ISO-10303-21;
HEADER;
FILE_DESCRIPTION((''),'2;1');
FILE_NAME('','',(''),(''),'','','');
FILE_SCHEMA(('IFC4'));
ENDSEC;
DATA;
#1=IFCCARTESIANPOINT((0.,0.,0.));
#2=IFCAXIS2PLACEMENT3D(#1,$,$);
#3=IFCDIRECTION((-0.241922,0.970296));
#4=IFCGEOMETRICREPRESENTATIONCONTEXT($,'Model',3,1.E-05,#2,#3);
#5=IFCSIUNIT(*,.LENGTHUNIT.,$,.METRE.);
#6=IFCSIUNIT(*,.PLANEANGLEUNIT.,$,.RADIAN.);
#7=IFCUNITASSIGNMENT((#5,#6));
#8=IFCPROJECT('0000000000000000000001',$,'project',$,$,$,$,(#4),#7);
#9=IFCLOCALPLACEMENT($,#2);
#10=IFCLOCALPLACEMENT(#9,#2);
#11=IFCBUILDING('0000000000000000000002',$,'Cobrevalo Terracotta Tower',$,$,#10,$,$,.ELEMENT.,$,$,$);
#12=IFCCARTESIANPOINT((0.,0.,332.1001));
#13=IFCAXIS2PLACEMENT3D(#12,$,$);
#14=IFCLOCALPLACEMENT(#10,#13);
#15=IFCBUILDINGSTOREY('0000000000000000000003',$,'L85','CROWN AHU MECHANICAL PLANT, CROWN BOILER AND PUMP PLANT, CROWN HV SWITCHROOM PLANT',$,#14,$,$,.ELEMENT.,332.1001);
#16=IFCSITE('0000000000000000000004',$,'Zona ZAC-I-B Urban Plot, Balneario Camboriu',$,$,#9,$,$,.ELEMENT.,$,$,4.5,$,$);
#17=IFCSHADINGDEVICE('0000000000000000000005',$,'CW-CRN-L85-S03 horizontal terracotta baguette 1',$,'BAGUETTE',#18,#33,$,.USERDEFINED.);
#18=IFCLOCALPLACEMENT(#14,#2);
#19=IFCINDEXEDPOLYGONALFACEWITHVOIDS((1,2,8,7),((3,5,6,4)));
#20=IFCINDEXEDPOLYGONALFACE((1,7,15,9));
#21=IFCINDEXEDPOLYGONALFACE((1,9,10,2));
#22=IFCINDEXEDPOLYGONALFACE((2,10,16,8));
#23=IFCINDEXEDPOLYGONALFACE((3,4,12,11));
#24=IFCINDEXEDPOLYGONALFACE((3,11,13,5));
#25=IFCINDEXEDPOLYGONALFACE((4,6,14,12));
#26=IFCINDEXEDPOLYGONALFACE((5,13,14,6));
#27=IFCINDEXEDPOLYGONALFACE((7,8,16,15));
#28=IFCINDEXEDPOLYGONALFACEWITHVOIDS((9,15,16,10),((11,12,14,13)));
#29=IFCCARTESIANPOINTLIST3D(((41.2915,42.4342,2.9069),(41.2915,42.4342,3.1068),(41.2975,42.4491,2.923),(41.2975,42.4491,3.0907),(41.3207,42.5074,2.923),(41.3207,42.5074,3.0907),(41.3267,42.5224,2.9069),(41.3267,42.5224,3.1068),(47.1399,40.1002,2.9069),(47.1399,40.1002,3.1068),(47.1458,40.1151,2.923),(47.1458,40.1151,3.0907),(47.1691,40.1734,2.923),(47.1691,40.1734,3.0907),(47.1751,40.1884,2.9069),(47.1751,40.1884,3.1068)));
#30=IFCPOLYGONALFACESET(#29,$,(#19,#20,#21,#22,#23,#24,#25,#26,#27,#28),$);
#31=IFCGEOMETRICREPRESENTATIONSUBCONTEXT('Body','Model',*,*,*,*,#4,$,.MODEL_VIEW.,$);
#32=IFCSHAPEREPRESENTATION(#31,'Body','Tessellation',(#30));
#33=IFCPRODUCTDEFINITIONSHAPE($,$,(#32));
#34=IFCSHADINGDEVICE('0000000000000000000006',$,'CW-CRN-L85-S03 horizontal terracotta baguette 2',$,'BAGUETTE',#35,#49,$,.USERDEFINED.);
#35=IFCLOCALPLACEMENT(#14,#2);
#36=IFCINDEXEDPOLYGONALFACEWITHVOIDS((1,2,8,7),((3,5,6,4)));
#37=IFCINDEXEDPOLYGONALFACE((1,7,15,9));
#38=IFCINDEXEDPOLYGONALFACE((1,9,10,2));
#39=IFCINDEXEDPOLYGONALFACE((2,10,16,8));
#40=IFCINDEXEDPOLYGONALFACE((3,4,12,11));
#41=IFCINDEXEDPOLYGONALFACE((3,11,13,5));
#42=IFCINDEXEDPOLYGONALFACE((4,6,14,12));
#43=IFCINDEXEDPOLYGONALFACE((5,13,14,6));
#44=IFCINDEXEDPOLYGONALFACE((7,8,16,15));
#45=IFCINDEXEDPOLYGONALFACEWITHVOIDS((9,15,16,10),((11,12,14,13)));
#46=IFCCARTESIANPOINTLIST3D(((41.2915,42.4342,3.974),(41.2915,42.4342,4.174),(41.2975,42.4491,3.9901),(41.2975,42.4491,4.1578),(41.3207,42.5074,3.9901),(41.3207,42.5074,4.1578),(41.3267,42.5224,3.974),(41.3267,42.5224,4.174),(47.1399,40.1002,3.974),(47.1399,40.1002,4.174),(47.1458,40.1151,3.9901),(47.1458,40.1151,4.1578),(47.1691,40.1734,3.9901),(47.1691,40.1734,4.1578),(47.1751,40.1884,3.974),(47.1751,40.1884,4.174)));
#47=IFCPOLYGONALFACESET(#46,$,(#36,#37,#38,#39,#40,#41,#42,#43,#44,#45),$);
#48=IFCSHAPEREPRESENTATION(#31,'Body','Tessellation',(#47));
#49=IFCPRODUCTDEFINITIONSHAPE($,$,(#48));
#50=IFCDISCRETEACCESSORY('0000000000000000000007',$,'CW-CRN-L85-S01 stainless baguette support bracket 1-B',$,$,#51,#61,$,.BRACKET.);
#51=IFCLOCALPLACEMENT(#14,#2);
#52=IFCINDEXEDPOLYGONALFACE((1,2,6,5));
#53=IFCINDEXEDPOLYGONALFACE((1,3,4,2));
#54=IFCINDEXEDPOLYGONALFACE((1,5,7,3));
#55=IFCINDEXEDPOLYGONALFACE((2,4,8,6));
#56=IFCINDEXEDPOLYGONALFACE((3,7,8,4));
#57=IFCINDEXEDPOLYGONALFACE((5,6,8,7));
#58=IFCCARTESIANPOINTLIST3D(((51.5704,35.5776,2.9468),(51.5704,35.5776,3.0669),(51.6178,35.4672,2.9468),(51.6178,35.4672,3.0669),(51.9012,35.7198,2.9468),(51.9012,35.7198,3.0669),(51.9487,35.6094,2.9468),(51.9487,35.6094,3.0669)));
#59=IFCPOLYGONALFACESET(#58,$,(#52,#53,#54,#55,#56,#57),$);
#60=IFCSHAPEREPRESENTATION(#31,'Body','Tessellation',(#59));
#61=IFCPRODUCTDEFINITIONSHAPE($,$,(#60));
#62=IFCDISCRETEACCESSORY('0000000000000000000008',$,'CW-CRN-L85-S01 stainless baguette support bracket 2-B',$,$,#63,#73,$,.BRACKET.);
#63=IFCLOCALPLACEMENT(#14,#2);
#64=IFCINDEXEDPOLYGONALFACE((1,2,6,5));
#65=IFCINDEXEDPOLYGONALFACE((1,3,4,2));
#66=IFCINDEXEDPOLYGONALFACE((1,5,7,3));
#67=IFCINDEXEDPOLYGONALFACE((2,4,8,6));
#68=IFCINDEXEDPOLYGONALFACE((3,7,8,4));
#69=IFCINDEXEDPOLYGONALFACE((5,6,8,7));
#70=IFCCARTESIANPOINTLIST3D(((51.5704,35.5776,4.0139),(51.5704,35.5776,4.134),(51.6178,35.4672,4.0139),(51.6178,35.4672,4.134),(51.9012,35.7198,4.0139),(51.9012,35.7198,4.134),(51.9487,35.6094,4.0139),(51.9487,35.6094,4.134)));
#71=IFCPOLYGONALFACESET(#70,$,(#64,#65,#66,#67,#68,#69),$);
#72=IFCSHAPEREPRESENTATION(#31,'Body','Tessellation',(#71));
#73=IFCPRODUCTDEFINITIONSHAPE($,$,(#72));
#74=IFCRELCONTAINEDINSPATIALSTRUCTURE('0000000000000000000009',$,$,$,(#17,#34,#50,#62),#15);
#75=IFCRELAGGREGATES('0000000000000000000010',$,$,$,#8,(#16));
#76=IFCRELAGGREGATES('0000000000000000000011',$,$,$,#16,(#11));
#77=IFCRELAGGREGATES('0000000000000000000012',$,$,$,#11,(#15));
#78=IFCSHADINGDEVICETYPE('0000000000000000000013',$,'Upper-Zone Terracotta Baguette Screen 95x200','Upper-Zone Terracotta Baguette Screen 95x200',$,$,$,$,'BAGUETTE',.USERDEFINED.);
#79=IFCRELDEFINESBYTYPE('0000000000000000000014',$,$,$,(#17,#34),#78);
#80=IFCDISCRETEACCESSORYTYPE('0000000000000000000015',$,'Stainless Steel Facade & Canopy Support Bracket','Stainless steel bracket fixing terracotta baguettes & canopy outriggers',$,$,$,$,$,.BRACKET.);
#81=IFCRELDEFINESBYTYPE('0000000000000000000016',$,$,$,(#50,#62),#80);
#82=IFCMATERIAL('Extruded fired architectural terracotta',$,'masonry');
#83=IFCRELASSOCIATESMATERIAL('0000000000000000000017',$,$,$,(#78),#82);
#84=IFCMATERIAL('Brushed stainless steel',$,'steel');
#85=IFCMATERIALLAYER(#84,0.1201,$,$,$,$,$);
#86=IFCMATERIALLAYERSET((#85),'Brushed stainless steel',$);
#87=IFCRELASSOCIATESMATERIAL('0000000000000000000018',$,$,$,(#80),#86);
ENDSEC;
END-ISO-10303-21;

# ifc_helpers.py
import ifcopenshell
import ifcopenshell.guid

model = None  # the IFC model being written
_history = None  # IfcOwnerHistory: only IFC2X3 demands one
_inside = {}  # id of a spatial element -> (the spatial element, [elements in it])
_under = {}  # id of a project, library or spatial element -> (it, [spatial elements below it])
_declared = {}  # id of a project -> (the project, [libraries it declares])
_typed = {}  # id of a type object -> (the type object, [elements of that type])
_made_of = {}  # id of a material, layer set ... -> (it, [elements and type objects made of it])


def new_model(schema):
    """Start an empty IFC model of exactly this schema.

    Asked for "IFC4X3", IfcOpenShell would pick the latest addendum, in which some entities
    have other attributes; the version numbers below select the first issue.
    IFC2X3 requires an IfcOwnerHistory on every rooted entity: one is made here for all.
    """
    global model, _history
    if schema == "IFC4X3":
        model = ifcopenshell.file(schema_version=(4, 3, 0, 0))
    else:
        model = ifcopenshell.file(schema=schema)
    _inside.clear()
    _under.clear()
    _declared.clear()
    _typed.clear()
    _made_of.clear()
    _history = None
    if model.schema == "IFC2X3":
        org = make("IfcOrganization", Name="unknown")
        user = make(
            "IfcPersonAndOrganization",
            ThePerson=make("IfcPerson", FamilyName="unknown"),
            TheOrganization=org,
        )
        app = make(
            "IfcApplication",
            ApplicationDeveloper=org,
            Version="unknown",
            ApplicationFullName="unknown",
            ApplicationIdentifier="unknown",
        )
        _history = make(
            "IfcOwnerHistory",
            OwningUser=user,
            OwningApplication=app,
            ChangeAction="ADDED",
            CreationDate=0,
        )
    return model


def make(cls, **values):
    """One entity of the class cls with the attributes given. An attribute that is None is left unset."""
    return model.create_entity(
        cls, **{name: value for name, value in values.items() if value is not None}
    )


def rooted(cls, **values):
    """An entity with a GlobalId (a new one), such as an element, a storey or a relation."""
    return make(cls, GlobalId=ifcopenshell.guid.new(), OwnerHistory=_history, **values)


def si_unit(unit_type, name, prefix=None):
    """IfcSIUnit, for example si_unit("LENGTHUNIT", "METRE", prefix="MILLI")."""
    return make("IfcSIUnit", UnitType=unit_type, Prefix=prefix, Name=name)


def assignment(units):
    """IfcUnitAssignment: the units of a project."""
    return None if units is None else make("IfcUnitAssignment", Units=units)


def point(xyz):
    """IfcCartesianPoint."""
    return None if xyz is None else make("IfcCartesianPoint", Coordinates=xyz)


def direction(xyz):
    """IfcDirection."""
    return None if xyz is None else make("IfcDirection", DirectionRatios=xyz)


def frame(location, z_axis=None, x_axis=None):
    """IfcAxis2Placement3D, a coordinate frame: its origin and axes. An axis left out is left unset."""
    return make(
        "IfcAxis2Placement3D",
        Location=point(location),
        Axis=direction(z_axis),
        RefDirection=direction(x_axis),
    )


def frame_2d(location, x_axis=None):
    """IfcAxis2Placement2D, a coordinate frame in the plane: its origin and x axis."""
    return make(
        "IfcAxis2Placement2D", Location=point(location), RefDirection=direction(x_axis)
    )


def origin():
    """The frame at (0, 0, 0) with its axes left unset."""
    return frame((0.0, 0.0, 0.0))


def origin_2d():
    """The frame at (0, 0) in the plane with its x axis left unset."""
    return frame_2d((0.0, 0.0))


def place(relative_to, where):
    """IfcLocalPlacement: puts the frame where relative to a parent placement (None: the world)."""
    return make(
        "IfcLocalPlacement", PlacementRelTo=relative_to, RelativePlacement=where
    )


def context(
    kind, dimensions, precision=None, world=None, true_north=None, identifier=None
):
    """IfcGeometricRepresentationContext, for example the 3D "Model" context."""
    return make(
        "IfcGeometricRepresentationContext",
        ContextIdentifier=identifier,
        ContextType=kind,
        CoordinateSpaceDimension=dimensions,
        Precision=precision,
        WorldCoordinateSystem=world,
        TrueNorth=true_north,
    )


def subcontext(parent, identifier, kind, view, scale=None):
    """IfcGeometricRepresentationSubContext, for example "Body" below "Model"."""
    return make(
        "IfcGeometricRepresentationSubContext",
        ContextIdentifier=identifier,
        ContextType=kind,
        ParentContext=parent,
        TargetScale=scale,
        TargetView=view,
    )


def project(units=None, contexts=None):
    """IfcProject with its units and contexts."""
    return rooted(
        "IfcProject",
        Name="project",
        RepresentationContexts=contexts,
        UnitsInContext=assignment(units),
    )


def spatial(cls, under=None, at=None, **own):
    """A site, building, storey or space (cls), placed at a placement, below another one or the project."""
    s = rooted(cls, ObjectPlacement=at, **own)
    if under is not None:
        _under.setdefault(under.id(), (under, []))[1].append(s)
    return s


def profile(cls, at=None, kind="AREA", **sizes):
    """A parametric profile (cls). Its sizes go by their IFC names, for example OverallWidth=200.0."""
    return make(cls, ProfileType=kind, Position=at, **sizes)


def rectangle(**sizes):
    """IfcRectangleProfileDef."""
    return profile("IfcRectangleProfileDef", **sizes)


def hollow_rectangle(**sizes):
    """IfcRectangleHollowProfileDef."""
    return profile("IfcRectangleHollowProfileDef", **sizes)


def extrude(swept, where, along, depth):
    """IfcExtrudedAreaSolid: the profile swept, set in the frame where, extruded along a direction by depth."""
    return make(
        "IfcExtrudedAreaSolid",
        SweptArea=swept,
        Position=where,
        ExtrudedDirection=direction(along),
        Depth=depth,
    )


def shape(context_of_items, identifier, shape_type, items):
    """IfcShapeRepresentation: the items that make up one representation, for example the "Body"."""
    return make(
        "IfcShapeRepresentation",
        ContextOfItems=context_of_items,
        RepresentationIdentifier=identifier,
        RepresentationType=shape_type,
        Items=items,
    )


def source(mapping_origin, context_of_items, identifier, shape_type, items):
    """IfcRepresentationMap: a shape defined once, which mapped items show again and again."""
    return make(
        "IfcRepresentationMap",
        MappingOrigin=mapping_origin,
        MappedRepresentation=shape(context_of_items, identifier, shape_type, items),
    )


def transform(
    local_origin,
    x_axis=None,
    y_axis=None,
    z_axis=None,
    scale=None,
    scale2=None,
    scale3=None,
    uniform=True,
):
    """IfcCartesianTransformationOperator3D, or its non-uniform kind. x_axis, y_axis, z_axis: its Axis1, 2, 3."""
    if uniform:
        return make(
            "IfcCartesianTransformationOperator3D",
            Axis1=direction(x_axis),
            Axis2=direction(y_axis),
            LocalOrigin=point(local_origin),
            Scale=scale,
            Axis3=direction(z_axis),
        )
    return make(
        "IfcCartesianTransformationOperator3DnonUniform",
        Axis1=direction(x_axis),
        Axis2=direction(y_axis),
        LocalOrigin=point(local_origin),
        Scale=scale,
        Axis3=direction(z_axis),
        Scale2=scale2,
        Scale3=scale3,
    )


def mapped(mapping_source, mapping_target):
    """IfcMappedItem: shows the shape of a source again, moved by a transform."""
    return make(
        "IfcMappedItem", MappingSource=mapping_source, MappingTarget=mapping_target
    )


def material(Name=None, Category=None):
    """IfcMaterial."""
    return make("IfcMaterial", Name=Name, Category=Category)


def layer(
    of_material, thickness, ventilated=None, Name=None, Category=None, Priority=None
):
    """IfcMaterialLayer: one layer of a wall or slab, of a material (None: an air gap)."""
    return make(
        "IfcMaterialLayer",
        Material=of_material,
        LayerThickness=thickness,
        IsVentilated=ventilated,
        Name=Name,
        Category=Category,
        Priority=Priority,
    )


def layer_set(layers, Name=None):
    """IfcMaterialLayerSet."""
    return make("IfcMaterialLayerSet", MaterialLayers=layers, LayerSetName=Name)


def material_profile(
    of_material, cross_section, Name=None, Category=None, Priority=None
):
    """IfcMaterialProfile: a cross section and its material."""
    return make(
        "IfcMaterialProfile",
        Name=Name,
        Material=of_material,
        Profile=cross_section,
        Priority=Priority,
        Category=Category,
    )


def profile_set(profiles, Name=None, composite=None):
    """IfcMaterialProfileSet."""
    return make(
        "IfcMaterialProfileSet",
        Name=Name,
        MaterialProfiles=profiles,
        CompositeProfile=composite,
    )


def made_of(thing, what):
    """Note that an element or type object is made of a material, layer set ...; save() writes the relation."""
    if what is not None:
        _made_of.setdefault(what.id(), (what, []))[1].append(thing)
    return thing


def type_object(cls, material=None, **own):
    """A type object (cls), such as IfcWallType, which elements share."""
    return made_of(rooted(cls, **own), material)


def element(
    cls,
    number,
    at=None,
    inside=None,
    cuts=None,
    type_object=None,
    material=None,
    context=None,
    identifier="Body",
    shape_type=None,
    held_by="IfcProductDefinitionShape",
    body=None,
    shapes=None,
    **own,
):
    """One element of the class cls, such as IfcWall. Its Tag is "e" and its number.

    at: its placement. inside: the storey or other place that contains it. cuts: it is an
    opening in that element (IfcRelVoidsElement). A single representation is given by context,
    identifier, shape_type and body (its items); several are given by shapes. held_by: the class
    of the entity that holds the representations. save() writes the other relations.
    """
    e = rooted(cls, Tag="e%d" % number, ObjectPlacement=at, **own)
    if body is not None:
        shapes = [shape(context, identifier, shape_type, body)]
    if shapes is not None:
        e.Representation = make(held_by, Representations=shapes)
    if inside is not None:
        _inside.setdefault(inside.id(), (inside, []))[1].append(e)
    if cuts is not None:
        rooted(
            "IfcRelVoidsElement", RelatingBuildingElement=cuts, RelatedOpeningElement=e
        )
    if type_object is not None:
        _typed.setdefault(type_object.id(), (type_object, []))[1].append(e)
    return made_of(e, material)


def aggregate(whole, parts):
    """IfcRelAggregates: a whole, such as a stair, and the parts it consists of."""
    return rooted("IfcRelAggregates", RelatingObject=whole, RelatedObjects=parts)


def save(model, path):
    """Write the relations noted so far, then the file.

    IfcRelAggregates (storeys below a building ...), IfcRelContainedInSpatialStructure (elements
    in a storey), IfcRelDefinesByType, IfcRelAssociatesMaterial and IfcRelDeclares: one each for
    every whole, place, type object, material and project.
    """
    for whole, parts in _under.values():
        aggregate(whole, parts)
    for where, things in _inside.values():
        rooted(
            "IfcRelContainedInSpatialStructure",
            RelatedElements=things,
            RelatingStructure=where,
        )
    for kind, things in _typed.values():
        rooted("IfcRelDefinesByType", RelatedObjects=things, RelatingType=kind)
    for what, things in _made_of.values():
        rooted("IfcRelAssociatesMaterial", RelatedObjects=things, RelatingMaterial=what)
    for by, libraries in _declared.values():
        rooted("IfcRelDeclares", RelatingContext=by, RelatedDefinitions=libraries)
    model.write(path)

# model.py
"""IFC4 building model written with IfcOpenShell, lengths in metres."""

from ifc_helpers import new_model, si_unit, direction, frame, origin, origin_2d, place, context, subcontext, project, spatial, rectangle, hollow_rectangle, extrude, source, transform, mapped, material, layer, layer_set, material_profile, profile_set, type_object, element, save


model = new_model("IFC4")

# Units and contexts
model_context = context("Model", 3, precision=1e-05, world=origin(), true_north=direction((-0.241922, 0.970296)))
body_context = subcontext(model_context, "Body", "Model", "MODEL_VIEW")
ifc_project = project(units=[si_unit("LENGTHUNIT", "METRE"), si_unit("PLANEANGLEUNIT", "RADIAN")], contexts=[model_context])

# Site, building, storey
site_placement = place(None, origin())
site = spatial("IfcSite", under=ifc_project, at=site_placement, Name="Zona ZAC-I-B Urban Plot, Balneario Camboriu", CompositionType="ELEMENT", RefElevation=4.5)
building_placement = place(site_placement, origin())
building = spatial("IfcBuilding", under=site, at=building_placement, Name="Cobrevalo Terracotta Tower", CompositionType="ELEMENT")
storey_placement = place(building_placement, frame((0.0, 0.0, 332.1001)))
storey = spatial("IfcBuildingStorey", under=building, at=storey_placement, Name="L85", Description="CROWN AHU MECHANICAL PLANT, CROWN BOILER AND PUMP PLANT, CROWN HV SWITCHROOM PLANT", CompositionType="ELEMENT", Elevation=332.1001)

# Shading devices
ifc_material_1 = material(Name="Extruded fired architectural terracotta", Category="masonry")
ifc_material_profile_1 = material_profile(ifc_material_1, hollow_rectangle(XDim=0.095, YDim=0.2, WallThickness=0.0161, at=origin_2d()), Name="BAGUETTE 95x200")
ifc_profile_set_1 = profile_set([ifc_material_profile_1], Name="Extruded fired architectural terracotta")
shading_device_type = type_object("IfcShadingDeviceType", Name="Upper-Zone Terracotta Baguette Screen 95x200", Description="Upper-Zone Terracotta Baguette Screen 95x200", ElementType="BAGUETTE", PredefinedType="USERDEFINED", material=ifc_profile_set_1)
shared_shape_1 = source(origin(), body_context, "Body", "SweptSolid", [
    extrude(hollow_rectangle(XDim=0.095, YDim=0.2, WallThickness=0.0161, at=origin_2d()), origin(), (0.0, 0.0, 1.0), 6.2969),
])
for number, where, z_axis, x_axis, name in (
    (1, (47.1575, 40.1443, 3.0068), (-0.928771, 0.370655, 0.0), (-0.370655, -0.928771, 0.0), "CW-CRN-L85-S03 horizontal terracotta baguette 1"),
    (2, (47.1575, 40.1443, 4.074), (-0.928771, 0.370655, 0.0), (-0.370655, -0.928771, 0.0), "CW-CRN-L85-S03 horizontal terracotta baguette 2"),
):
    element("IfcShadingDevice", number, at=place(storey_placement, frame(where, z_axis=z_axis, x_axis=x_axis)), inside=storey, type_object=shading_device_type, Name=name, ObjectType="BAGUETTE", PredefinedType="USERDEFINED", context=body_context, shape_type="MappedRepresentation", body=[
        mapped(shared_shape_1, transform((0.0, 0.0, 0.0), scale=1.0)),
    ])

# Discrete accessories
ifc_material_2 = material(Name="Brushed stainless steel", Category="steel")
ifc_layer_1 = layer(ifc_material_2, 0.1201)
ifc_layer_set_1 = layer_set([ifc_layer_1], Name="Brushed stainless steel")
discrete_accessory_type = type_object("IfcDiscreteAccessoryType", Name="Stainless Steel Facade & Canopy Support Bracket", Description="Stainless steel bracket fixing terracotta baguettes & canopy outriggers", PredefinedType="BRACKET", material=ifc_layer_set_1)
shared_shape_2 = source(origin(), body_context, "Body", "SweptSolid", [
    extrude(rectangle(XDim=0.1201, YDim=0.3601, at=origin_2d()), origin(), (0.0, 0.0, 1.0), 0.1201),
])
for number, where, z_axis, x_axis, name in (
    (3, (51.7595, 35.5935, 2.9468), (0.0, 0.0, 1.0), (-0.39496, 0.918698, 0.0), "CW-CRN-L85-S01 stainless baguette support bracket 1-B"),
    (4, (51.7595, 35.5935, 4.0139), (0.0, 0.0, 1.0), (-0.39496, 0.918698, 0.0), "CW-CRN-L85-S01 stainless baguette support bracket 2-B"),
):
    element("IfcDiscreteAccessory", number, at=place(storey_placement, frame(where, z_axis=z_axis, x_axis=x_axis)), inside=storey, type_object=discrete_accessory_type, Name=name, PredefinedType="BRACKET", context=body_context, shape_type="MappedRepresentation", body=[
        mapped(shared_shape_2, transform((0.0, 0.0, 0.0), scale=1.0)),
    ])

save(model, "model.ifc")
